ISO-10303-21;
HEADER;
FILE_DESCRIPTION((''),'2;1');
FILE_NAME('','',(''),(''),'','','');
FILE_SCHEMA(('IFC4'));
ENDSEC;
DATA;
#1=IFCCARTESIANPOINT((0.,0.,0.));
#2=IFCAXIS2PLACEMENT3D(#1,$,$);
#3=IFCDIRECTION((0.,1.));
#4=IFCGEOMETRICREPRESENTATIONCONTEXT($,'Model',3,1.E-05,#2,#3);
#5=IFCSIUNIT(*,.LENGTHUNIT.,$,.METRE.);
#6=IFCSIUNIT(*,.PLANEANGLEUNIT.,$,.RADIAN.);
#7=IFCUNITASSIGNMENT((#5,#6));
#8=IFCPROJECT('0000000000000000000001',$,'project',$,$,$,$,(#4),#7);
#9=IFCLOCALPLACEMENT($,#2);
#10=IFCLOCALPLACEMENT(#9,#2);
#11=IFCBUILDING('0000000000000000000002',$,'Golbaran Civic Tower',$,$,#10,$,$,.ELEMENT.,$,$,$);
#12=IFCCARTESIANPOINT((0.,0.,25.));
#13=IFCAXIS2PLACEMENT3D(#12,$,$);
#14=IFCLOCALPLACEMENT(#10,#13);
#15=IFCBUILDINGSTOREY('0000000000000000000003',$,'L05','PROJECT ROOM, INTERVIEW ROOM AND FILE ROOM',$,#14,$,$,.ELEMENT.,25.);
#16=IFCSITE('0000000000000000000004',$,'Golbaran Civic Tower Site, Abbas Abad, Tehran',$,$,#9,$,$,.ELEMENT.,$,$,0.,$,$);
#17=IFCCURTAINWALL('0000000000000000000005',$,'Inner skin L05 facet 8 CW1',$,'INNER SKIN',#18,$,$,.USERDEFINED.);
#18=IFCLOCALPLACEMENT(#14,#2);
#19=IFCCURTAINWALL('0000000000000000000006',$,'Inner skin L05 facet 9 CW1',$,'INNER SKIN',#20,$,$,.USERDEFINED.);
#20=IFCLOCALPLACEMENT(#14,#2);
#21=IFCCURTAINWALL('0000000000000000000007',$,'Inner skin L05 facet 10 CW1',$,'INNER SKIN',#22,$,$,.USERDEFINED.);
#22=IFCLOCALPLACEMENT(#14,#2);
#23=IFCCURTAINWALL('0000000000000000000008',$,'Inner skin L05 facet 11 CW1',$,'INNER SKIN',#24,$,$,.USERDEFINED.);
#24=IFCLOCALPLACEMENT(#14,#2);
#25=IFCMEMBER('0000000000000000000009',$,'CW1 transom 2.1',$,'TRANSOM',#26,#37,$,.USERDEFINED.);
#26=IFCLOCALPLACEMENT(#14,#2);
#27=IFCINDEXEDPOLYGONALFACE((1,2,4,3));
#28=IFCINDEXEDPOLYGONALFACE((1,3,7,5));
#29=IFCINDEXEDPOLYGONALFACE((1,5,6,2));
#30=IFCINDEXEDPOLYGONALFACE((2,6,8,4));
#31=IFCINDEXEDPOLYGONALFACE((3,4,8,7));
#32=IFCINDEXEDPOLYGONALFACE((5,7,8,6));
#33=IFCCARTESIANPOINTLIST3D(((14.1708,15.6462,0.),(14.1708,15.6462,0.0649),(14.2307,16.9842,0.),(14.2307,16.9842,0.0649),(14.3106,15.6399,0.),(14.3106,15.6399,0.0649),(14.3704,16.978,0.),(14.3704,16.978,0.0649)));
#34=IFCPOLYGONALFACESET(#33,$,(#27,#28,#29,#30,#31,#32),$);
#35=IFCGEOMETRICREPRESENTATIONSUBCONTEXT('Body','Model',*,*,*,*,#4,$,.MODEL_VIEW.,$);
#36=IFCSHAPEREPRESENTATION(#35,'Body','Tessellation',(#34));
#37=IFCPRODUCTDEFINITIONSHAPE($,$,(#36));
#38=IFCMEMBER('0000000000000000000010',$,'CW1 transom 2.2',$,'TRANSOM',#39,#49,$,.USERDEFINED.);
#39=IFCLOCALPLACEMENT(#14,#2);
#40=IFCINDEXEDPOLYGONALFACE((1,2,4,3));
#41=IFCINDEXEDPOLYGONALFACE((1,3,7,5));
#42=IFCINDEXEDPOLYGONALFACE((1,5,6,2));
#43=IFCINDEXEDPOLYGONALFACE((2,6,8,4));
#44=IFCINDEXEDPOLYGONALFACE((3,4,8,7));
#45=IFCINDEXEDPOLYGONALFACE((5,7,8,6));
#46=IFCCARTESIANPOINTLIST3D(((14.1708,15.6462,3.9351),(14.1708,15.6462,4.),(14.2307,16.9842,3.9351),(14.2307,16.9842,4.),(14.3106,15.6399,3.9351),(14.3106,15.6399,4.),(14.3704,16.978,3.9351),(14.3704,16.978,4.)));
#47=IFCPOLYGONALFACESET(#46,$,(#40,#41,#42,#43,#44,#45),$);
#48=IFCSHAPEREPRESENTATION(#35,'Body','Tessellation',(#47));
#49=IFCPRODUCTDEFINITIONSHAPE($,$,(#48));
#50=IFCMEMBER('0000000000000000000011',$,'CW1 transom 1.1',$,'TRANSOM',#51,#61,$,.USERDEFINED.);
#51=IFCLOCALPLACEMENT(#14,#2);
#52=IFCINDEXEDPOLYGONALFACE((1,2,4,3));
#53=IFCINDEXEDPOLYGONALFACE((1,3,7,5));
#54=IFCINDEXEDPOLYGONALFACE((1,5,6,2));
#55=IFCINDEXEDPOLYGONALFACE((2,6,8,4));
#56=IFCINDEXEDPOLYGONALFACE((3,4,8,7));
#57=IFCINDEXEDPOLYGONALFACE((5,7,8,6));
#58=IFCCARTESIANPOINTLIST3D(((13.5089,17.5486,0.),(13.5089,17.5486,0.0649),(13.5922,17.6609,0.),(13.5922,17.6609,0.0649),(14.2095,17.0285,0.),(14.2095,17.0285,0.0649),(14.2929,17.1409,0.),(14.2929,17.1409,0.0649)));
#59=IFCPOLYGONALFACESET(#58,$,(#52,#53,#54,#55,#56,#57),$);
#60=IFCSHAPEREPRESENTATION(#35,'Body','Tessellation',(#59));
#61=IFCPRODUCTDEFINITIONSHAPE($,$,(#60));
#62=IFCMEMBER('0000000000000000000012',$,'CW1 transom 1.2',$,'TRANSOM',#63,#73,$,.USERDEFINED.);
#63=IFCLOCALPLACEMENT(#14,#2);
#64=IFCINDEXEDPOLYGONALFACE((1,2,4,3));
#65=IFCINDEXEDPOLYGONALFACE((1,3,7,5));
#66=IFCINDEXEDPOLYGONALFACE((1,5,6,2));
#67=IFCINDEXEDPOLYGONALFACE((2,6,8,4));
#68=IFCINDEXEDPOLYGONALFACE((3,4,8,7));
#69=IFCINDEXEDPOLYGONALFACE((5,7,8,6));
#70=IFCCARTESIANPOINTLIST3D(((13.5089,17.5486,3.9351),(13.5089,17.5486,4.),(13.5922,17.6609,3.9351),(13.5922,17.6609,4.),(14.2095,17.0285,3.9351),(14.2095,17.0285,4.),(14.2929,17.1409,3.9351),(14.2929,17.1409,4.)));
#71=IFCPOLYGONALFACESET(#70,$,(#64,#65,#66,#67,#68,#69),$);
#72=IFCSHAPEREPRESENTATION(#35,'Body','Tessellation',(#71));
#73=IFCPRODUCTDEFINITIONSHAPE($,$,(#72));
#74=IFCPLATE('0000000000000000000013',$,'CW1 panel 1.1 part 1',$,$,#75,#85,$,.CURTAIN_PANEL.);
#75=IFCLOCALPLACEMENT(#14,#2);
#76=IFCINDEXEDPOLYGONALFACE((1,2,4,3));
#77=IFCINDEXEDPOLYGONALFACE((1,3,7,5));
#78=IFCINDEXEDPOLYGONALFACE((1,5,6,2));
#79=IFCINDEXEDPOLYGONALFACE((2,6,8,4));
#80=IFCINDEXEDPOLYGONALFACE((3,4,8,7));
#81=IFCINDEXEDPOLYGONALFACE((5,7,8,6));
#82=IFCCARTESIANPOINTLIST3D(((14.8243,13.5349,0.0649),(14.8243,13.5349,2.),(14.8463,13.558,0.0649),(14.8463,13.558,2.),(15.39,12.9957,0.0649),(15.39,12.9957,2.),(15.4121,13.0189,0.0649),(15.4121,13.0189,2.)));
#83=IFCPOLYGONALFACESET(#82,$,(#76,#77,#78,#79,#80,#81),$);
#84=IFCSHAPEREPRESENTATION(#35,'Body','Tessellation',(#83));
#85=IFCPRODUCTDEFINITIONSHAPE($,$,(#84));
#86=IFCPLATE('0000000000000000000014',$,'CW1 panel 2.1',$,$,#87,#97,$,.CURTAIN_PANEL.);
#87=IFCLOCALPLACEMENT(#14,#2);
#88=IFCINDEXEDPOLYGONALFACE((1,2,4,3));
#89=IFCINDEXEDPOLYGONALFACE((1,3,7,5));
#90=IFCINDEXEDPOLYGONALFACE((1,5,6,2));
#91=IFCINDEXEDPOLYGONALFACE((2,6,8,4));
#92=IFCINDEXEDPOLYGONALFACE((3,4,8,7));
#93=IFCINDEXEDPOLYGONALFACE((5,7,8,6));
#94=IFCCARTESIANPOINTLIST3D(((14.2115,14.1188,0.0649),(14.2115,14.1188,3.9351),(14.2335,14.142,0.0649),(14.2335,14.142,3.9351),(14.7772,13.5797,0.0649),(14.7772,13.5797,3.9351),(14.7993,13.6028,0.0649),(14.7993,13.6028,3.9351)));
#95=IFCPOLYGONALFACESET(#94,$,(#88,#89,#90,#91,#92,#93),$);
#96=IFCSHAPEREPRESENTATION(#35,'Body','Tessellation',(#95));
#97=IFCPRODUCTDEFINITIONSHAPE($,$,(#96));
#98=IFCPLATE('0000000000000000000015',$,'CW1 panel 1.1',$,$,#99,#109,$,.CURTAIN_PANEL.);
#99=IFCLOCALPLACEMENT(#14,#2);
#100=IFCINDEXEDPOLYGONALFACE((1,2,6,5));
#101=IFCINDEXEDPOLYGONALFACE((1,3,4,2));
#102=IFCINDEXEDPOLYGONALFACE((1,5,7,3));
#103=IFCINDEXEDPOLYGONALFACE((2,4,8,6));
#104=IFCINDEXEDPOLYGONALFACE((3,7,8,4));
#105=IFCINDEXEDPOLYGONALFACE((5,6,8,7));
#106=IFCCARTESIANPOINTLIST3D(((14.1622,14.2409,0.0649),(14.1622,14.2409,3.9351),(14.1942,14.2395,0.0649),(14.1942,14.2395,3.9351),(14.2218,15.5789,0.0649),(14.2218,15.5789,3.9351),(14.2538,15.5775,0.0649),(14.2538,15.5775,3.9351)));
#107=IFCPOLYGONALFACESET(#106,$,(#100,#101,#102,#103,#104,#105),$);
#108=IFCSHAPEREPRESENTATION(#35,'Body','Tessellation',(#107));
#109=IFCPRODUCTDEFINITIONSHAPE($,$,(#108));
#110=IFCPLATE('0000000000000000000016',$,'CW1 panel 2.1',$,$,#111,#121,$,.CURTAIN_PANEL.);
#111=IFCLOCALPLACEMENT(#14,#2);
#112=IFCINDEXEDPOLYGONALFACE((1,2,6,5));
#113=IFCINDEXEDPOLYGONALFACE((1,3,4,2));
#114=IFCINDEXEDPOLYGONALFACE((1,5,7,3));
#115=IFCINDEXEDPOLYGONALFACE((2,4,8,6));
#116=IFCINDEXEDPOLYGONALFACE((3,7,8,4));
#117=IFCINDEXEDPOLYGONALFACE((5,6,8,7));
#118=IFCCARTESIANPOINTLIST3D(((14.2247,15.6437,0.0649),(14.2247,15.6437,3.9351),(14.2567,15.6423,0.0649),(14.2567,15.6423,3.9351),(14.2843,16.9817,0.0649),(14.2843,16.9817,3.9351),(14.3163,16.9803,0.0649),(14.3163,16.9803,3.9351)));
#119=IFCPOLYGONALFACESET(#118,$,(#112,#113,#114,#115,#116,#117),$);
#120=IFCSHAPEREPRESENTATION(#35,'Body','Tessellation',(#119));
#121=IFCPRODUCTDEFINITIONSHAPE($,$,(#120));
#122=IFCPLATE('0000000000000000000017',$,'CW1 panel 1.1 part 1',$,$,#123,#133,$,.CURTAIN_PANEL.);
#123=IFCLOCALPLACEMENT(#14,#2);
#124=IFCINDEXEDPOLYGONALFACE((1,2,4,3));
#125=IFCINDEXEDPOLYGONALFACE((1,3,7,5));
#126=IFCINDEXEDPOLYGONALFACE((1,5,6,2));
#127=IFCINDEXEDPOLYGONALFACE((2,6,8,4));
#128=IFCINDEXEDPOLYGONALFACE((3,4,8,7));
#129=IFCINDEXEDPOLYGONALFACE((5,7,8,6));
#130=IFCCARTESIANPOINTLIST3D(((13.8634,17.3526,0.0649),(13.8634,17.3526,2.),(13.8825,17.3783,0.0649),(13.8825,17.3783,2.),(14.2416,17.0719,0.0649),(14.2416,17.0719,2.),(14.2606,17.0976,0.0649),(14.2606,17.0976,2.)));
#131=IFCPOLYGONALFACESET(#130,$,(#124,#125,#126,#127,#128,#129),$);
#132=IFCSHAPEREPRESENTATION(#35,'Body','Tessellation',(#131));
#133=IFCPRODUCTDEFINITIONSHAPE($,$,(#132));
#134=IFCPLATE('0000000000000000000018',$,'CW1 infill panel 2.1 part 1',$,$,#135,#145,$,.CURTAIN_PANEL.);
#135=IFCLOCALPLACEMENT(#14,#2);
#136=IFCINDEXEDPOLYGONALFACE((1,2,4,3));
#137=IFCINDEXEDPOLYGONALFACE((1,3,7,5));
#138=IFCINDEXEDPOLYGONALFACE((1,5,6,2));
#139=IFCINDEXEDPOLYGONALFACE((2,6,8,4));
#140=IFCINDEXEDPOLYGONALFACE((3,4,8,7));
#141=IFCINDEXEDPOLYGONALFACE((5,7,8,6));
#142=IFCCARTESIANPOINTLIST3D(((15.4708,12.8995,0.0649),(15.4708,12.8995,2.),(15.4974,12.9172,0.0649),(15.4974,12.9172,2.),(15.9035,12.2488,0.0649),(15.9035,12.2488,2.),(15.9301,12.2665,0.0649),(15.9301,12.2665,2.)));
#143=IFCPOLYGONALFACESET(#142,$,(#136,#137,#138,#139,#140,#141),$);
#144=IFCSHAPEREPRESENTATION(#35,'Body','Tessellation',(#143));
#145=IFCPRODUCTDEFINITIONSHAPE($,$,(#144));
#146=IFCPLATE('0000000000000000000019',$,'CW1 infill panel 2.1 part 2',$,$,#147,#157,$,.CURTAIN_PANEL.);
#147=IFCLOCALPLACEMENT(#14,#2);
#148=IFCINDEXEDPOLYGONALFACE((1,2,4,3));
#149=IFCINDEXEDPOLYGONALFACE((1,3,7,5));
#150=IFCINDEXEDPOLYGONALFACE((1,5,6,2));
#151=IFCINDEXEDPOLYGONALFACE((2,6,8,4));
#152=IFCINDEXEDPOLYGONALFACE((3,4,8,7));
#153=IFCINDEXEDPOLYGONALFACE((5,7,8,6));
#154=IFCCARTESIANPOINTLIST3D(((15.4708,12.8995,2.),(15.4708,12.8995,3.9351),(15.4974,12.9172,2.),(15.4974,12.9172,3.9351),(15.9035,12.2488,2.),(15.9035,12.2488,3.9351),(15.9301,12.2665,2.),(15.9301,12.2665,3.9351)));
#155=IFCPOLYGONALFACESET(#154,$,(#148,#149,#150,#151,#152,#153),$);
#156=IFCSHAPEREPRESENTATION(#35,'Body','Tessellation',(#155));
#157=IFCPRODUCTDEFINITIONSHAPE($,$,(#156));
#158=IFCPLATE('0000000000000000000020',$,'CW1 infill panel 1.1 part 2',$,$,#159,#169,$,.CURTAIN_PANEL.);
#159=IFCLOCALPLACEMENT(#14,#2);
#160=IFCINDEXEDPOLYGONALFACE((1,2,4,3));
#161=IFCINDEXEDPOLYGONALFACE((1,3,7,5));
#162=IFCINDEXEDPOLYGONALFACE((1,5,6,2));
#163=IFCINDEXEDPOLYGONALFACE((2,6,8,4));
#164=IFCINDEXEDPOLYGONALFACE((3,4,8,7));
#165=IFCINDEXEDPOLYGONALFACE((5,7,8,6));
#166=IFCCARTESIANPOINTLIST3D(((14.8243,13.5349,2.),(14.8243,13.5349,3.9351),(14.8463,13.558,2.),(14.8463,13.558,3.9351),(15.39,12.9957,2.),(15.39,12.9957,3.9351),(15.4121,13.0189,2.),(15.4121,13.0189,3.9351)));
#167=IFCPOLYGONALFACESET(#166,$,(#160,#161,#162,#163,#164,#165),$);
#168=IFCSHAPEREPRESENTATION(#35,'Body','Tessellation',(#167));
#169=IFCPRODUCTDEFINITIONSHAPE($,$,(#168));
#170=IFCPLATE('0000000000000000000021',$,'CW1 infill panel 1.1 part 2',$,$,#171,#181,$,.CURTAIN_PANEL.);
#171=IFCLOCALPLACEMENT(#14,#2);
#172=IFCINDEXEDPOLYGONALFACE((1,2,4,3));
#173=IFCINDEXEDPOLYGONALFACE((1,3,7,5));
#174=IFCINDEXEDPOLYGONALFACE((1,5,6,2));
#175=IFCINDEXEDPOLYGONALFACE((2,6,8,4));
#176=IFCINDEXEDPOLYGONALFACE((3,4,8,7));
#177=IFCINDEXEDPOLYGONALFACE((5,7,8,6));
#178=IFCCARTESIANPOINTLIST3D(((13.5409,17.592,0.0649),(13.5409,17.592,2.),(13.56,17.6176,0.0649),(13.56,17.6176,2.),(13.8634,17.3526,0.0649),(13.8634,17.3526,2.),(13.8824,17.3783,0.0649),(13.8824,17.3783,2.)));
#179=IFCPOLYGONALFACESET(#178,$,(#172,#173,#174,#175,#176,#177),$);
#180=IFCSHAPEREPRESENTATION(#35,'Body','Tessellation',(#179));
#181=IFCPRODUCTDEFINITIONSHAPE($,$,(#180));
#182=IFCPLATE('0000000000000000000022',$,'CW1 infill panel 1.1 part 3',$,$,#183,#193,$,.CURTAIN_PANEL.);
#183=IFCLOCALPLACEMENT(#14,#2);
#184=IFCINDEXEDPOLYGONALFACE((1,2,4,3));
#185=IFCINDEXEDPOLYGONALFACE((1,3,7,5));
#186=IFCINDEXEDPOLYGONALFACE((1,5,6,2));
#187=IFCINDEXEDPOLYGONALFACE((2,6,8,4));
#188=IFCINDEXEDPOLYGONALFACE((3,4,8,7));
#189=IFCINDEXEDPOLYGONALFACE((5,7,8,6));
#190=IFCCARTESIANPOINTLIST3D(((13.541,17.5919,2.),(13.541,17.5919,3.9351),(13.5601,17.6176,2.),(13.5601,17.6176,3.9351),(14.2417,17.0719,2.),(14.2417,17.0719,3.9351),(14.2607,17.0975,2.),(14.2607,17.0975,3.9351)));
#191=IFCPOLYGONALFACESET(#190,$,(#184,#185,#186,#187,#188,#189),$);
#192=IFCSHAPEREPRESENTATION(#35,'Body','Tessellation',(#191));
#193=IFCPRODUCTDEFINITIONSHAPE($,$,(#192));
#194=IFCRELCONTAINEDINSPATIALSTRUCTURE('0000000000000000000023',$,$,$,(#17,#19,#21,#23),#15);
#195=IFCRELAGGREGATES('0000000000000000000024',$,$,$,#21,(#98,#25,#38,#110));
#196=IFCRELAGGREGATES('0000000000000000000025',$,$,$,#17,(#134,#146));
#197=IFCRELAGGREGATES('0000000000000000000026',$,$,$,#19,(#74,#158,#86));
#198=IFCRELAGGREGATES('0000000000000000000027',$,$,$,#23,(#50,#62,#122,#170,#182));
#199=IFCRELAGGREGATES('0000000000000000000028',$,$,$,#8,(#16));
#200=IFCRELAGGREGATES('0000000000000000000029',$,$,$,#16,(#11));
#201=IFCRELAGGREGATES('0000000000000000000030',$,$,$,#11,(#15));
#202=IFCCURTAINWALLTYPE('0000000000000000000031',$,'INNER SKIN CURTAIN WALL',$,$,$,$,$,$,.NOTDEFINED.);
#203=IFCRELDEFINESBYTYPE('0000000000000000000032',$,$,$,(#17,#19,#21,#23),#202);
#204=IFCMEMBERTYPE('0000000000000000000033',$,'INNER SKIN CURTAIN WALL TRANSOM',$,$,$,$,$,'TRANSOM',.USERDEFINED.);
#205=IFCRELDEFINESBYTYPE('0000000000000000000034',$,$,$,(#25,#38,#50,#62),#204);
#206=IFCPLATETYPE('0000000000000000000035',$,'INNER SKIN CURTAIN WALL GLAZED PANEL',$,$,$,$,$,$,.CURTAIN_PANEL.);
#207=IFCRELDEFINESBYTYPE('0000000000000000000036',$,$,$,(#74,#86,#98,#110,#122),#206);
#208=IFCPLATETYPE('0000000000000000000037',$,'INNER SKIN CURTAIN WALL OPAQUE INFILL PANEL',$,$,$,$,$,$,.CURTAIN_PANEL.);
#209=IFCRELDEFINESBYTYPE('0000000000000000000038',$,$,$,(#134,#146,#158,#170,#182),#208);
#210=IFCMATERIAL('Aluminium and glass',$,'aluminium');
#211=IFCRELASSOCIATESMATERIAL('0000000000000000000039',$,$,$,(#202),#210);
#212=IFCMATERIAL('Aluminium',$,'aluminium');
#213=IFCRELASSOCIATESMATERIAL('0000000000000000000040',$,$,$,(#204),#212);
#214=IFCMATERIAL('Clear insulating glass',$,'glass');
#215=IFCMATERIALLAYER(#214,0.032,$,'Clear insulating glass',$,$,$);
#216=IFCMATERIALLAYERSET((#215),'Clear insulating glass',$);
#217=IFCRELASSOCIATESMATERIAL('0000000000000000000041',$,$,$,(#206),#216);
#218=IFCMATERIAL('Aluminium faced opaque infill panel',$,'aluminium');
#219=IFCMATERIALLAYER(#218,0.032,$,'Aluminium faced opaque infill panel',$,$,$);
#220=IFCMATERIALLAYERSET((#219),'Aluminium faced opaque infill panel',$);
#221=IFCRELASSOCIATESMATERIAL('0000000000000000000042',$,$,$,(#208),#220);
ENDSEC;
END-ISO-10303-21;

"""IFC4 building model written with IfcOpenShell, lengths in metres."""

from ifc_helpers import new_model, si_unit, direction, frame, origin, origin_2d, place, context, subcontext, project, spatial, rectangle, extrude, material, layer, layer_set, material_profile, profile_set, type_object, element, aggregate, save


model = new_model("IFC4")

# Units and contexts
model_context = context("Model", 3, precision=1e-05, world=origin(), true_north=direction((0.0, 1.0)))
body_context = subcontext(model_context, "Body", "Model", "MODEL_VIEW")
ifc_project = project(units=[si_unit("LENGTHUNIT", "METRE"), si_unit("PLANEANGLEUNIT", "RADIAN")], contexts=[model_context])

# Site, building, storey
site_placement = place(None, origin())
site = spatial("IfcSite", under=ifc_project, at=site_placement, Name="Golbaran Civic Tower Site, Abbas Abad, Tehran", CompositionType="ELEMENT", RefElevation=0.0)
building_placement = place(site_placement, origin())
building = spatial("IfcBuilding", under=site, at=building_placement, Name="Golbaran Civic Tower", CompositionType="ELEMENT")
storey_placement = place(building_placement, frame((0.0, 0.0, 25.0)))
storey = spatial("IfcBuildingStorey", under=building, at=storey_placement, Name="L05", Description="PROJECT ROOM, INTERVIEW ROOM AND FILE ROOM", CompositionType="ELEMENT", Elevation=25.0)

# Curtain wall
ifc_material_1 = material(Name="Aluminium and glass", Category="aluminium")
curtain_wall_type = type_object("IfcCurtainWallType", Name="INNER SKIN CURTAIN WALL", PredefinedType="NOTDEFINED", material=ifc_material_1)
curtain_wall_1_placement = place(storey_placement, origin())
curtain_wall_1 = element("IfcCurtainWall", 1, at=curtain_wall_1_placement, inside=storey, type_object=curtain_wall_type, Name="Inner skin L05 facet 8 CW1", ObjectType="INNER SKIN", PredefinedType="USERDEFINED")
ifc_material_2 = material(Name="Aluminium", Category="aluminium")

# Curtain walls
curtain_wall_2_placement = place(storey_placement, origin())
curtain_wall_2 = element("IfcCurtainWall", 2, at=curtain_wall_2_placement, inside=storey, type_object=curtain_wall_type, Name="Inner skin L05 facet 9 CW1", ObjectType="INNER SKIN", PredefinedType="USERDEFINED")
curtain_wall_3_placement = place(storey_placement, origin())
curtain_wall_3 = element("IfcCurtainWall", 3, at=curtain_wall_3_placement, inside=storey, type_object=curtain_wall_type, Name="Inner skin L05 facet 10 CW1", ObjectType="INNER SKIN", PredefinedType="USERDEFINED")
curtain_wall_4_placement = place(storey_placement, origin())
curtain_wall_4 = element("IfcCurtainWall", 4, at=curtain_wall_4_placement, inside=storey, type_object=curtain_wall_type, Name="Inner skin L05 facet 11 CW1", ObjectType="INNER SKIN", PredefinedType="USERDEFINED")

# Members
ifc_material_profile_1 = material_profile(ifc_material_2, rectangle(XDim=0.1399, YDim=0.0649, at=origin_2d()), Name="INNER SKIN CURTAIN WALL TRANSOM")
ifc_profile_set_1 = profile_set([ifc_material_profile_1], Name="Aluminium")
member_type_1 = type_object("IfcMemberType", Name="INNER SKIN CURTAIN WALL TRANSOM", ElementType="TRANSOM", PredefinedType="USERDEFINED", material=ifc_profile_set_1)
member_1_placement = place(storey_placement, frame((14.2407, 15.6431, 0.0325), z_axis=(0.044655, 0.999002, 0.0), x_axis=(-0.999002, 0.044655, 0.0)))
member_1 = element("IfcMember", 5, at=member_1_placement, type_object=member_type_1, Name="CW1 transom 2.1", ObjectType="TRANSOM", PredefinedType="USERDEFINED", context=body_context, shape_type="SweptSolid", body=[
    extrude(rectangle(XDim=0.1399, YDim=0.0649, at=origin_2d()), origin(), (0.0, 0.0, 1.0), 1.3394),
])
member_2_placement = place(storey_placement, frame((14.2407, 15.6431, 3.9675), z_axis=(0.044655, 0.999002, 0.0), x_axis=(-0.999002, 0.044655, 0.0)))
member_2 = element("IfcMember", 6, at=member_2_placement, type_object=member_type_1, Name="CW1 transom 2.2", ObjectType="TRANSOM", PredefinedType="USERDEFINED", context=body_context, shape_type="SweptSolid", body=[
    extrude(rectangle(XDim=0.1399, YDim=0.0649, at=origin_2d()), origin(), (0.0, 0.0, 1.0), 1.3394),
])
member_3_placement = place(storey_placement, frame((14.2512, 17.0847, 0.0325), z_axis=(-0.803012, 0.595963, 0.0), x_axis=(-0.595963, -0.803012, 0.0)))
member_3 = element("IfcMember", 7, at=member_3_placement, type_object=member_type_1, Name="CW1 transom 1.1", ObjectType="TRANSOM", PredefinedType="USERDEFINED", context=body_context, shape_type="SweptSolid", body=[
    extrude(rectangle(XDim=0.1399, YDim=0.0649, at=origin_2d()), origin(), (0.0, 0.0, 1.0), 0.8726),
])
member_4_placement = place(storey_placement, frame((14.2512, 17.0847, 3.9675), z_axis=(-0.803012, 0.595963, 0.0), x_axis=(-0.595963, -0.803012, 0.0)))
member_4 = element("IfcMember", 8, at=member_4_placement, type_object=member_type_1, Name="CW1 transom 1.2", ObjectType="TRANSOM", PredefinedType="USERDEFINED", context=body_context, shape_type="SweptSolid", body=[
    extrude(rectangle(XDim=0.1399, YDim=0.0649, at=origin_2d()), origin(), (0.0, 0.0, 1.0), 0.8726),
])

# Plates
ifc_material_3 = material(Name="Clear insulating glass", Category="glass")
ifc_layer_1 = layer(ifc_material_3, 0.032, Name="Clear insulating glass")
ifc_layer_set_1 = layer_set([ifc_layer_1], Name="Clear insulating glass")
plate_type_1 = type_object("IfcPlateType", Name="INNER SKIN CURTAIN WALL GLAZED PANEL", PredefinedType="CURTAIN_PANEL", material=ifc_layer_set_1)
plate_1_placement = place(storey_placement, frame((15.1182, 13.2769, 0.0649), z_axis=(0.0, 0.0, 1.0), x_axis=(-0.7239, 0.689904, 0.0)))
plate_1 = element("IfcPlate", 9, at=plate_1_placement, type_object=plate_type_1, Name="CW1 panel 1.1 part 1", PredefinedType="CURTAIN_PANEL", context=body_context, shape_type="SweptSolid", body=[
    extrude(rectangle(XDim=0.7815, YDim=0.032, at=origin_2d()), origin(), (0.0, 0.0, 1.0), 1.9351),
])
plate_2_placement = place(storey_placement, frame((14.5054, 13.8608, 0.0649), z_axis=(0.0, 0.0, 1.0), x_axis=(-0.7239, 0.689904, 0.0)))
plate_2 = element("IfcPlate", 10, at=plate_2_placement, type_object=plate_type_1, Name="CW1 panel 2.1", PredefinedType="CURTAIN_PANEL", context=body_context, shape_type="SweptSolid", body=[
    extrude(rectangle(XDim=0.7815, YDim=0.032, at=origin_2d()), origin(), (0.0, 0.0, 1.0), 3.8701),
])
plate_3_placement = place(storey_placement, frame((14.208, 14.9092, 0.0649), z_axis=(0.0, 0.0, 1.0), x_axis=(0.044524, 0.999008, 0.0)))
plate_3 = element("IfcPlate", 11, at=plate_3_placement, type_object=plate_type_1, Name="CW1 panel 1.1", PredefinedType="CURTAIN_PANEL", context=body_context, shape_type="SweptSolid", body=[
    extrude(rectangle(XDim=1.3394, YDim=0.032, at=origin_2d()), origin(), (0.0, 0.0, 1.0), 3.8701),
])
plate_4_placement = place(storey_placement, frame((14.2705, 16.312, 0.0649), z_axis=(0.0, 0.0, 1.0), x_axis=(0.044524, 0.999008, 0.0)))
plate_4 = element("IfcPlate", 12, at=plate_4_placement, type_object=plate_type_1, Name="CW1 panel 2.1", PredefinedType="CURTAIN_PANEL", context=body_context, shape_type="SweptSolid", body=[
    extrude(rectangle(XDim=1.3394, YDim=0.032, at=origin_2d()), origin(), (0.0, 0.0, 1.0), 3.8701),
])
aggregate(curtain_wall_3, [plate_3, member_1, member_2, plate_4])
plate_5_placement = place(storey_placement, frame((14.062, 17.2251, 0.0649), z_axis=(0.0, 0.0, 1.0), x_axis=(-0.80297, 0.596019, 0.0)))
plate_5 = element("IfcPlate", 13, at=plate_5_placement, type_object=plate_type_1, Name="CW1 panel 1.1 part 1", PredefinedType="CURTAIN_PANEL", context=body_context, shape_type="SweptSolid", body=[
    extrude(rectangle(XDim=0.4709, YDim=0.032, at=origin_2d()), origin(), (0.0, 0.0, 1.0), 1.9351),
])
ifc_material_4 = material(Name="Aluminium faced opaque infill panel", Category="aluminium")
ifc_layer_2 = layer(ifc_material_4, 0.032, Name="Aluminium faced opaque infill panel")
ifc_layer_set_2 = layer_set([ifc_layer_2], Name="Aluminium faced opaque infill panel")
plate_type_2 = type_object("IfcPlateType", Name="INNER SKIN CURTAIN WALL OPAQUE INFILL PANEL", PredefinedType="CURTAIN_PANEL", material=ifc_layer_set_2)
plate_6_placement = place(storey_placement, frame((15.7004, 12.583, 0.0649), z_axis=(0.0, 0.0, 1.0), x_axis=(-0.553719, 0.832703, 0.0)))
plate_6 = element("IfcPlate", 14, at=plate_6_placement, type_object=plate_type_2, Name="CW1 infill panel 2.1 part 1", PredefinedType="CURTAIN_PANEL", context=body_context, shape_type="SweptSolid", body=[
    extrude(rectangle(XDim=0.7815, YDim=0.032, at=origin_2d()), origin(), (0.0, 0.0, 1.0), 1.9351),
])
plate_7_placement = place(storey_placement, frame((15.7004, 12.583, 2.0), z_axis=(0.0, 0.0, 1.0), x_axis=(-0.553719, 0.832703, 0.0)))
plate_7 = element("IfcPlate", 15, at=plate_7_placement, type_object=plate_type_2, Name="CW1 infill panel 2.1 part 2", PredefinedType="CURTAIN_PANEL", context=body_context, shape_type="SweptSolid", body=[
    extrude(rectangle(XDim=0.7815, YDim=0.032, at=origin_2d()), origin(), (0.0, 0.0, 1.0), 1.9351),
])
aggregate(curtain_wall_1, [plate_6, plate_7])
plate_8_placement = place(storey_placement, frame((15.1182, 13.2769, 2.0), z_axis=(0.0, 0.0, 1.0), x_axis=(-0.7239, 0.689904, 0.0)))
plate_8 = element("IfcPlate", 16, at=plate_8_placement, type_object=plate_type_2, Name="CW1 infill panel 1.1 part 2", PredefinedType="CURTAIN_PANEL", context=body_context, shape_type="SweptSolid", body=[
    extrude(rectangle(XDim=0.7815, YDim=0.032, at=origin_2d()), origin(), (0.0, 0.0, 1.0), 1.9351),
])
aggregate(curtain_wall_2, [plate_1, plate_8, plate_2])
plate_9_placement = place(storey_placement, frame((13.7117, 17.4851, 0.0649), z_axis=(0.0, 0.0, 1.0), x_axis=(-0.80297, 0.596019, 0.0)))
plate_9 = element("IfcPlate", 17, at=plate_9_placement, type_object=plate_type_2, Name="CW1 infill panel 1.1 part 2", PredefinedType="CURTAIN_PANEL", context=body_context, shape_type="SweptSolid", body=[
    extrude(rectangle(XDim=0.4016, YDim=0.032, at=origin_2d()), origin(), (0.0, 0.0, 1.0), 1.9351),
])
plate_10_placement = place(storey_placement, frame((13.9009, 17.3447, 2.0), z_axis=(0.0, 0.0, 1.0), x_axis=(-0.80297, 0.596019, 0.0)))
plate_10 = element("IfcPlate", 18, at=plate_10_placement, type_object=plate_type_2, Name="CW1 infill panel 1.1 part 3", PredefinedType="CURTAIN_PANEL", context=body_context, shape_type="SweptSolid", body=[
    extrude(rectangle(XDim=0.8726, YDim=0.032, at=origin_2d()), origin(), (0.0, 0.0, 1.0), 1.9351),
])
aggregate(curtain_wall_4, [member_3, member_4, plate_5, plate_9, plate_10])

save(model, "model.ifc")
